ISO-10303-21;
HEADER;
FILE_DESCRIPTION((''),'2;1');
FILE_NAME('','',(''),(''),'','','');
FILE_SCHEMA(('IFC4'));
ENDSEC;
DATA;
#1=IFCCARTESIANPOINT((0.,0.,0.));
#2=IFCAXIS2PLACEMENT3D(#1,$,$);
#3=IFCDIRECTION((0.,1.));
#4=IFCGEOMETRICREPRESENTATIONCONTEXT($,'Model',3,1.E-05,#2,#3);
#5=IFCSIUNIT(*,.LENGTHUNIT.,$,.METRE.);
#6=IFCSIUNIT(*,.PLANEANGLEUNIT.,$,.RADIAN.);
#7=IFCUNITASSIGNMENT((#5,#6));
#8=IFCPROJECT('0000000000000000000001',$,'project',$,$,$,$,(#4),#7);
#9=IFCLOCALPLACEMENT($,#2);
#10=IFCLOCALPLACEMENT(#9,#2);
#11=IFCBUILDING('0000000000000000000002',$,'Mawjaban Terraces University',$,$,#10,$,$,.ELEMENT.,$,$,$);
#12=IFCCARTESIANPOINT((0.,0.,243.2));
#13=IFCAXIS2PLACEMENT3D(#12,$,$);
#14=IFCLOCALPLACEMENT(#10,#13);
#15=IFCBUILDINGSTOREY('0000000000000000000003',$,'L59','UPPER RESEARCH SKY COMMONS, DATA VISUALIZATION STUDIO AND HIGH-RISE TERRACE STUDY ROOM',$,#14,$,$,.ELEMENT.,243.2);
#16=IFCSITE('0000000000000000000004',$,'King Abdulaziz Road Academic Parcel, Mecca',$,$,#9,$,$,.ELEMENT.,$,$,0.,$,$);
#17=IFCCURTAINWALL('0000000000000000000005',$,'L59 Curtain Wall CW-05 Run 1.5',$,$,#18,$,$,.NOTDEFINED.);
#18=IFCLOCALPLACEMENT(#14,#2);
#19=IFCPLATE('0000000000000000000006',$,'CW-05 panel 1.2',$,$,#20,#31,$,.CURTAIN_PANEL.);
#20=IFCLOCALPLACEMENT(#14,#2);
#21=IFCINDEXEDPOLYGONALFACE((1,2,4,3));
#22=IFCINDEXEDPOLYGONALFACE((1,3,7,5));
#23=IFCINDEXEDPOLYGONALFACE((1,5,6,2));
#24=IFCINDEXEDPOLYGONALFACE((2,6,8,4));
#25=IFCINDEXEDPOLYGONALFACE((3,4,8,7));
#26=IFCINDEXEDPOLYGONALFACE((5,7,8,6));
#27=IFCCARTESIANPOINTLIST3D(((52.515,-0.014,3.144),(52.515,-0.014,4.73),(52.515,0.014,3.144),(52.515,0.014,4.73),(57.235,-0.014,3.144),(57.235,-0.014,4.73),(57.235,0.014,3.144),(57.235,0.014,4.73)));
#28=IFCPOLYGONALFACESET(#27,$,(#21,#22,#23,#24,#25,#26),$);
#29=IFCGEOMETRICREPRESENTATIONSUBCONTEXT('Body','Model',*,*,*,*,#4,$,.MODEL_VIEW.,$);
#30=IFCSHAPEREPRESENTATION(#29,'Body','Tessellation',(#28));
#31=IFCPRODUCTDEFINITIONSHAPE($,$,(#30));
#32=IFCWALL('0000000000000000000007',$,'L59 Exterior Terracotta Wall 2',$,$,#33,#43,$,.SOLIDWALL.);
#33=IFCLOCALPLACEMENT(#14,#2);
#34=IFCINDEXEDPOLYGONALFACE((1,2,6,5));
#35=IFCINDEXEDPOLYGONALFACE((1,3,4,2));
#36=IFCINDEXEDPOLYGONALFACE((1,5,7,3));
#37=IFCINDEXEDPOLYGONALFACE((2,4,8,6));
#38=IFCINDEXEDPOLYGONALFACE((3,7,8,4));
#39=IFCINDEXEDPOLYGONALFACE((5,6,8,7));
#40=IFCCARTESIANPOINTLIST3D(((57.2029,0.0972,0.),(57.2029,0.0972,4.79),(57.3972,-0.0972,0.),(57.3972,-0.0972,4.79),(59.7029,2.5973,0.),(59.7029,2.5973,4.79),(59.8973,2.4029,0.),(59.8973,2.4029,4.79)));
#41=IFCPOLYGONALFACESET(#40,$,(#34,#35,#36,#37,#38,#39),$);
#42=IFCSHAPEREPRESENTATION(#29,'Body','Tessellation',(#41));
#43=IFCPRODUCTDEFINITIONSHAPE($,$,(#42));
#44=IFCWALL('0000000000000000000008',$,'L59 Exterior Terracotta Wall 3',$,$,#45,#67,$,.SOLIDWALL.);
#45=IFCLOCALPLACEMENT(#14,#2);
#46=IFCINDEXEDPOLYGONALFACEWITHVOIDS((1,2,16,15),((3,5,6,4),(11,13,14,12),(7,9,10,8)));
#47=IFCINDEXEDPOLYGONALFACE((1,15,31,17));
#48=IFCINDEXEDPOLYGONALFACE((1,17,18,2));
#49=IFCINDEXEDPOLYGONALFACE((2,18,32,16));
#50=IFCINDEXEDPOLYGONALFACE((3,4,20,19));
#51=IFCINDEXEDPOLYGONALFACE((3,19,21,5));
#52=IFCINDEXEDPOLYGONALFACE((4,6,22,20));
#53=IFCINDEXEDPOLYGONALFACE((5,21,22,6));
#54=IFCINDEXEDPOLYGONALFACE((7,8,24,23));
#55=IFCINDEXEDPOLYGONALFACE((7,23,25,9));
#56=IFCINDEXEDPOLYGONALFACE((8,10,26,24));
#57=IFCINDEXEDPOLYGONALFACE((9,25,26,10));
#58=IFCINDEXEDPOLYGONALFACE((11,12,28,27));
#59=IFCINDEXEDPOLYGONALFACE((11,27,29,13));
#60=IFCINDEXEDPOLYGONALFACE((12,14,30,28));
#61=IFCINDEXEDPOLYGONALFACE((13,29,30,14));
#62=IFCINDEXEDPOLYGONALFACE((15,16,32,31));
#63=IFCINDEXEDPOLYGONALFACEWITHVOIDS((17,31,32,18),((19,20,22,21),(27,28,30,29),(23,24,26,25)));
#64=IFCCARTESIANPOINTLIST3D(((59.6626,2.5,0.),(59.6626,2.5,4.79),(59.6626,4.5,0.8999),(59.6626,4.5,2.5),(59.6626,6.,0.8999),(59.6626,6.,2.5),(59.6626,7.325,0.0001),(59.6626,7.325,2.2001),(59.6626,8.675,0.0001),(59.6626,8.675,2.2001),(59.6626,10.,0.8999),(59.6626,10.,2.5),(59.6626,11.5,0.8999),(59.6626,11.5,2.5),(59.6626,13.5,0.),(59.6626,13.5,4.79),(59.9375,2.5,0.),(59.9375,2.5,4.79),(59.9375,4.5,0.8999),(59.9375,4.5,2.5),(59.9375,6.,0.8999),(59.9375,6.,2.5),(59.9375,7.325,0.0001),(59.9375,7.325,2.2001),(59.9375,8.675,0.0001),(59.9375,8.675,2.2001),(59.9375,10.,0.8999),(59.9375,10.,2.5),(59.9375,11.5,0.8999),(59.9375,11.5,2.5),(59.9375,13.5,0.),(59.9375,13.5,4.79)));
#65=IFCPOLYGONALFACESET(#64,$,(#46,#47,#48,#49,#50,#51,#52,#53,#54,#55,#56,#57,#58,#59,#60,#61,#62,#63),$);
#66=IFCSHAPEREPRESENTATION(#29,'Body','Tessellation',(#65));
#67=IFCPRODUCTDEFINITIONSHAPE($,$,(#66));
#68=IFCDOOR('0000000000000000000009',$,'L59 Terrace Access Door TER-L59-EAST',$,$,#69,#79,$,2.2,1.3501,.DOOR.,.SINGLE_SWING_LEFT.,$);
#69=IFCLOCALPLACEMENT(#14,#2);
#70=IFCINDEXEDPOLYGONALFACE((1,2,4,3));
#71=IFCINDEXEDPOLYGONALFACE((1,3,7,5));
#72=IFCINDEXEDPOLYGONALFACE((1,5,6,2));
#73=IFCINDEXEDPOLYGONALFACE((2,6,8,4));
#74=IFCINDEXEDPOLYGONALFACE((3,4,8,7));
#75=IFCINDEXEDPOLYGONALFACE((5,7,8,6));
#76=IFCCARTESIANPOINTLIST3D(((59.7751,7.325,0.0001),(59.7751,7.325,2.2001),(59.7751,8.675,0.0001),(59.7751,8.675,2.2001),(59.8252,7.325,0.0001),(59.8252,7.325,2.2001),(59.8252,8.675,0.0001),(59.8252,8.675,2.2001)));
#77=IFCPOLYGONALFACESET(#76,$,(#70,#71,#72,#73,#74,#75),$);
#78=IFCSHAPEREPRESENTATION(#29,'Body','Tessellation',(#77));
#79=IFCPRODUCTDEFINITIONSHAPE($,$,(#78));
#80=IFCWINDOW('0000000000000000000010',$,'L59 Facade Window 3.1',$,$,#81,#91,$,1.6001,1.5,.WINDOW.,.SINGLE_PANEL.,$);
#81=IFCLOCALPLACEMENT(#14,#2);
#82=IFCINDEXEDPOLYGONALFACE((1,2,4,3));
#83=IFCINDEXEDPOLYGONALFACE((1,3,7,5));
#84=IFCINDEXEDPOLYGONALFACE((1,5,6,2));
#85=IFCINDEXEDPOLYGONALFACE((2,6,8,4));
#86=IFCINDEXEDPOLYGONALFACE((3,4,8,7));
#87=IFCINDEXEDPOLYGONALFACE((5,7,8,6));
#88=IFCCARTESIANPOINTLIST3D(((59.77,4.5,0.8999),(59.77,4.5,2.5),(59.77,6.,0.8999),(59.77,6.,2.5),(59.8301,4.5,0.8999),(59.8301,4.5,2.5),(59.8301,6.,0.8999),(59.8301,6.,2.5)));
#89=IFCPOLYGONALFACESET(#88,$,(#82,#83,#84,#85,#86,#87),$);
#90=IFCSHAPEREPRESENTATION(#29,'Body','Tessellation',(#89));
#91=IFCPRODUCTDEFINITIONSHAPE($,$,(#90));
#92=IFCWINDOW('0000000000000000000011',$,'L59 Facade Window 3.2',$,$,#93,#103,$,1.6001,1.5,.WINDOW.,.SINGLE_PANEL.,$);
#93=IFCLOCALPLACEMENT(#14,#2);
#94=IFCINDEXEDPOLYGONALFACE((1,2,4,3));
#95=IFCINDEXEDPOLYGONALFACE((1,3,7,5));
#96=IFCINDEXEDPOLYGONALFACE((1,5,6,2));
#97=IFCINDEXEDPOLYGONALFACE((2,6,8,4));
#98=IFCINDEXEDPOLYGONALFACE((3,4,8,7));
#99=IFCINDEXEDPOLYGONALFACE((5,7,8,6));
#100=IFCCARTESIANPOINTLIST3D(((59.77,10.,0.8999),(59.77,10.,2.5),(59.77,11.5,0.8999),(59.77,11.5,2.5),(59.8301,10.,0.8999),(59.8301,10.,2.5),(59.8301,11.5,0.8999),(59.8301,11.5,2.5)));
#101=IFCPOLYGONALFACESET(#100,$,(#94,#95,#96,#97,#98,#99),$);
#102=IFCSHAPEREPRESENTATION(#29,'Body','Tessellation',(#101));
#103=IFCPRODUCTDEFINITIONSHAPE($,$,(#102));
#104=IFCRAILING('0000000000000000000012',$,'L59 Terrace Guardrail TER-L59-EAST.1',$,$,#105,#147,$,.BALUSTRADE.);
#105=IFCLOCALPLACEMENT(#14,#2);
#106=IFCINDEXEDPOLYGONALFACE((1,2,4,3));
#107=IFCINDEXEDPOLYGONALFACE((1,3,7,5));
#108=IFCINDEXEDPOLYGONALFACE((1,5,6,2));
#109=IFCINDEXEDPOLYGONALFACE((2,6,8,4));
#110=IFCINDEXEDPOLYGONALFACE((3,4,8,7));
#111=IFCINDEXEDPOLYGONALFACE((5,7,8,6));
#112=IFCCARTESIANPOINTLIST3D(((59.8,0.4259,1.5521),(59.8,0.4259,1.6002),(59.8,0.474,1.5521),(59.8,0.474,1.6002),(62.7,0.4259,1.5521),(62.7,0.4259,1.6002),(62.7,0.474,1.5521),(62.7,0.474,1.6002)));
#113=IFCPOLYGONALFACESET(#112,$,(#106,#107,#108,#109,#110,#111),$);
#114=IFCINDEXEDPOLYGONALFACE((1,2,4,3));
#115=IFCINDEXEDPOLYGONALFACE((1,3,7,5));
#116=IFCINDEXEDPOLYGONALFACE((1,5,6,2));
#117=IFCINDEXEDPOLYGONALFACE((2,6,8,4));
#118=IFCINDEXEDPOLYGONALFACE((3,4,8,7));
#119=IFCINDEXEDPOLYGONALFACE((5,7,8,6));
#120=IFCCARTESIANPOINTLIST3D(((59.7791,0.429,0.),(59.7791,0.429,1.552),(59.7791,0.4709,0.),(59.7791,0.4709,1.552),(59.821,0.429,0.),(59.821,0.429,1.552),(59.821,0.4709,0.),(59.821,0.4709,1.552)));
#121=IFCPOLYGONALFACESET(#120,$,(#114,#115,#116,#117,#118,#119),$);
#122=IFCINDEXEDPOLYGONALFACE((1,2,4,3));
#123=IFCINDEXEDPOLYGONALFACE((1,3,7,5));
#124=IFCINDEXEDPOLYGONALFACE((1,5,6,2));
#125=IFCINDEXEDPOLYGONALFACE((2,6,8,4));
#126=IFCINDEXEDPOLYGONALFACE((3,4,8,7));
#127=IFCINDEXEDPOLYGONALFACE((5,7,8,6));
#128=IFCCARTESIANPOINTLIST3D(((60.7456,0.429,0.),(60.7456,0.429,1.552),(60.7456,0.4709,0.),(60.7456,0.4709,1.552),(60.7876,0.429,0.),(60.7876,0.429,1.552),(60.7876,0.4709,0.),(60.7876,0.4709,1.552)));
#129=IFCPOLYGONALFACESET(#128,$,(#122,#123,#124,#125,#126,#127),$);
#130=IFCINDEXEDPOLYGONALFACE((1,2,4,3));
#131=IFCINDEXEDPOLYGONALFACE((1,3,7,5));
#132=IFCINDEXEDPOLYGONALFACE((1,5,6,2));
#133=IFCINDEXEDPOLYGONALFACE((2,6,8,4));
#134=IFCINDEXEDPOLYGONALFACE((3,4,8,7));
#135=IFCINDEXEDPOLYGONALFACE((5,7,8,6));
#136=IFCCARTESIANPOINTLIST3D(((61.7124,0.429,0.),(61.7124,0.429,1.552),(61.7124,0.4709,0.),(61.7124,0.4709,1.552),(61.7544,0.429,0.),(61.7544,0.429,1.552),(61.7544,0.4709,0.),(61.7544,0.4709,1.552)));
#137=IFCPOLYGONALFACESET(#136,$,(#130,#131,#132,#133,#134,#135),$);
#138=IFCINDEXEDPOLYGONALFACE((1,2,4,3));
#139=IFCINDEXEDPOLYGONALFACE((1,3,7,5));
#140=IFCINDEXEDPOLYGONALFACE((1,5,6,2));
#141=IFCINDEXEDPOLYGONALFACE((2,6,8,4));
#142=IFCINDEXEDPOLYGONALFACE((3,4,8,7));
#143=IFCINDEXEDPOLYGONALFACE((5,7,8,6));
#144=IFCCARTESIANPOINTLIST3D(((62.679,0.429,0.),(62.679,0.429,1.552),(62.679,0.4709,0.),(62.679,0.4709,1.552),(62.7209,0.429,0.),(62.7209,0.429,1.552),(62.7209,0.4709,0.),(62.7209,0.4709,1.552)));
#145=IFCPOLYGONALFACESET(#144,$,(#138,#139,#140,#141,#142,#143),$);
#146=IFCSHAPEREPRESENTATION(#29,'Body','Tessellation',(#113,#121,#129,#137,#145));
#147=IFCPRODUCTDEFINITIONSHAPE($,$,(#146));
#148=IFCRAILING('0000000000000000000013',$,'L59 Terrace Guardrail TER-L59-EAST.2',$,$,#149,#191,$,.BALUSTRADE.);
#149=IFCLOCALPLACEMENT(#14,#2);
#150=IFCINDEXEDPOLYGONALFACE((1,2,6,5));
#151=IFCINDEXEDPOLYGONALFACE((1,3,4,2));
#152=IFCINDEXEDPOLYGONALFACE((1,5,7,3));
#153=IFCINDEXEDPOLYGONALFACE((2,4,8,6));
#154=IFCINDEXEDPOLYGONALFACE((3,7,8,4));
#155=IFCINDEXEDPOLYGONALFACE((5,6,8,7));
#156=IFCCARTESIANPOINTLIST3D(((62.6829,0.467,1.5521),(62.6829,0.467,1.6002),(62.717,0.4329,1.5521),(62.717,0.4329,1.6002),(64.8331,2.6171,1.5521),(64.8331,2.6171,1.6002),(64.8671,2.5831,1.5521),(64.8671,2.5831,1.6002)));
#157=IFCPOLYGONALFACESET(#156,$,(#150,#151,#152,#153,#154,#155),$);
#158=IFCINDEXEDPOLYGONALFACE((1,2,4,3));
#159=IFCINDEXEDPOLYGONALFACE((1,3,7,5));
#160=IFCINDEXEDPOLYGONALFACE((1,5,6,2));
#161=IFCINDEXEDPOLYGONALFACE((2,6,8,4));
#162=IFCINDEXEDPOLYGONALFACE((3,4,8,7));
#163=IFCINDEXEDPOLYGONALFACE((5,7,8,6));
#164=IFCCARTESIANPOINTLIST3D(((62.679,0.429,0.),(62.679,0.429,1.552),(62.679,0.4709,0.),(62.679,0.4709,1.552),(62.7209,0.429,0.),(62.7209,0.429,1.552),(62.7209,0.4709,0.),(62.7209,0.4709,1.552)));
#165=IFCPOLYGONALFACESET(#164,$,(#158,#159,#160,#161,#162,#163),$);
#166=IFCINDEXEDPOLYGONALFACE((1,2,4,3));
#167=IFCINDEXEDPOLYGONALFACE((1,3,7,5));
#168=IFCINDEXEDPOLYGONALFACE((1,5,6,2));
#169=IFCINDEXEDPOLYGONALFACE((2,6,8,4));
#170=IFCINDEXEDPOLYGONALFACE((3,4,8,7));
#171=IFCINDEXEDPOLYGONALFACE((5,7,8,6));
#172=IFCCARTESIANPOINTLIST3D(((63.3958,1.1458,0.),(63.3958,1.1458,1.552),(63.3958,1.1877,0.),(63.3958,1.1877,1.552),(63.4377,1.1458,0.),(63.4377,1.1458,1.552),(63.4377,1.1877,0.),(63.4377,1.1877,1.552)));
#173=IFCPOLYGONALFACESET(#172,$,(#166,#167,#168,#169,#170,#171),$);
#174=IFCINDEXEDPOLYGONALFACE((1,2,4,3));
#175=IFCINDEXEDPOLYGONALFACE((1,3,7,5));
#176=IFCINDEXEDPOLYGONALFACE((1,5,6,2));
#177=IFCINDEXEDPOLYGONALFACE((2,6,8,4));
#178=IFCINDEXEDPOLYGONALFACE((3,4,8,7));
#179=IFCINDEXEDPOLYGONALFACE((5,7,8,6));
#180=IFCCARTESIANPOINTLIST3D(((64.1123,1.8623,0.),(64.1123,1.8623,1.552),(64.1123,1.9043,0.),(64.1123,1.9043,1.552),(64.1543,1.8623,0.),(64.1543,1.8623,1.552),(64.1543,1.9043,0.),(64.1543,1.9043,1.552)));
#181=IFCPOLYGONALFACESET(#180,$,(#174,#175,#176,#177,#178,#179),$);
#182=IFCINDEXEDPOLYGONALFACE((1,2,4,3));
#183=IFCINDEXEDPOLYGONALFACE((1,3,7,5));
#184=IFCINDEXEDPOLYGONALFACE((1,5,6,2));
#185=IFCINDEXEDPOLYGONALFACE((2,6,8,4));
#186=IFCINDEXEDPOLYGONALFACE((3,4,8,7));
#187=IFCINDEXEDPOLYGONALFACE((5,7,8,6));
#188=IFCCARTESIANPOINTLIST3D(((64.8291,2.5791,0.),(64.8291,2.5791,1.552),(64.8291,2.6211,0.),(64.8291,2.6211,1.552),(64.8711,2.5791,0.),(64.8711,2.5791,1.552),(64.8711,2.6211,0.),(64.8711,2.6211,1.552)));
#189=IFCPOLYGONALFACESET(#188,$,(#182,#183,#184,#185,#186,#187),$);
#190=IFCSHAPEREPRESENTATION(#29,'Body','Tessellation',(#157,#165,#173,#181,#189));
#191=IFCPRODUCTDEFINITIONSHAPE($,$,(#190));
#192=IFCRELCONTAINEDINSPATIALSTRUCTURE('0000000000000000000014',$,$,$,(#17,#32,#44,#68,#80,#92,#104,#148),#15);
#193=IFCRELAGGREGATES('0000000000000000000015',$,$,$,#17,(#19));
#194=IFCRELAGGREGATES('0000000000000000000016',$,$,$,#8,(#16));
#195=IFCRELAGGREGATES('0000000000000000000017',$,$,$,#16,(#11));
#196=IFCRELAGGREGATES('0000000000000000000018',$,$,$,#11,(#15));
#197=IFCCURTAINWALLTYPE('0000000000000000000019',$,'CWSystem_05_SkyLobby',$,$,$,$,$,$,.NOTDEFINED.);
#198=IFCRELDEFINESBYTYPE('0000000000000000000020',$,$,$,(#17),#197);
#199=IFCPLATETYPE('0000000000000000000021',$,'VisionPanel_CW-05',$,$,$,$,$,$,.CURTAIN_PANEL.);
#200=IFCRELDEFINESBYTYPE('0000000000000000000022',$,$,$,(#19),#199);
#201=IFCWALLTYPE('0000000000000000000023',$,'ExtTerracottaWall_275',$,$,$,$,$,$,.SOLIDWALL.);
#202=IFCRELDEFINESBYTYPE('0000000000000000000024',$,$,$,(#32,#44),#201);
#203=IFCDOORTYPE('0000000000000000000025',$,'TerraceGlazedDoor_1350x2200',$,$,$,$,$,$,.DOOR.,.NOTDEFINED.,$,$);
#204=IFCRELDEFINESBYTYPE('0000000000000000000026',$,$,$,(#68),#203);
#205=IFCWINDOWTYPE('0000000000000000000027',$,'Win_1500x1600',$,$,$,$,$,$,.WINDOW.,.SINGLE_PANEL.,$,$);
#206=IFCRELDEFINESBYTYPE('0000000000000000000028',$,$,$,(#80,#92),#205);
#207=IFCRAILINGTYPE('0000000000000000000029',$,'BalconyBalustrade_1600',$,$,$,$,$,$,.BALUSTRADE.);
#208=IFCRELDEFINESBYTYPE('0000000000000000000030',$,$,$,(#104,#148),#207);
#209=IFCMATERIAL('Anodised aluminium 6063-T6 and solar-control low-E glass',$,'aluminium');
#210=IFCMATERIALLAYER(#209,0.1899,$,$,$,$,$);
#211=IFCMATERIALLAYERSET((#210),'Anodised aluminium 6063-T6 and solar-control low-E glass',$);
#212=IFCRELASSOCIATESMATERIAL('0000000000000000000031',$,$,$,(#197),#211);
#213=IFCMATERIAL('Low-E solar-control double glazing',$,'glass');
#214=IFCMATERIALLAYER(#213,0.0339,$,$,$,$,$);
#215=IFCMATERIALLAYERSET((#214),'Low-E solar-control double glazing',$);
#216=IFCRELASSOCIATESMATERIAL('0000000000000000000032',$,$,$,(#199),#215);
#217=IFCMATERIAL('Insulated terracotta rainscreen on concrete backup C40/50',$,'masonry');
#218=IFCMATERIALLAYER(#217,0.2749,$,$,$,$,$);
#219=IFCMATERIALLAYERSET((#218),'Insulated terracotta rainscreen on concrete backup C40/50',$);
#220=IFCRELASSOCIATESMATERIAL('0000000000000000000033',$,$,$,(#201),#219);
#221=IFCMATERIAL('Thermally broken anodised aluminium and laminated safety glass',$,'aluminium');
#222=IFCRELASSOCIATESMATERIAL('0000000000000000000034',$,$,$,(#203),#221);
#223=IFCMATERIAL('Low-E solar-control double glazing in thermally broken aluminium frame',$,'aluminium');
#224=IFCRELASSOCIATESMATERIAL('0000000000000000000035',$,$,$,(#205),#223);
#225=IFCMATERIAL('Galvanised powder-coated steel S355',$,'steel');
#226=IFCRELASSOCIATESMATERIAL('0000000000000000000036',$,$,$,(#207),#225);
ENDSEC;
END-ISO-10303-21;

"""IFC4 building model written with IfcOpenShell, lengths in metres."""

from ifc_helpers import new_model, si_unit, direction, frame, frame_2d, origin, origin_2d, place, context, subcontext, project, spatial, rectangle, extrude, material, layer, layer_set, type_object, element, fill, aggregate, save


model = new_model("IFC4")

# Units and contexts
model_context = context("Model", 3, precision=1e-05, world=origin(), true_north=direction((0.0, 1.0)))
body_context = subcontext(model_context, "Body", "Model", "MODEL_VIEW")
ifc_project = project(units=[si_unit("LENGTHUNIT", "METRE"), si_unit("PLANEANGLEUNIT", "RADIAN")], contexts=[model_context])

# Site, building, storey
site_placement = place(None, origin())
site = spatial("IfcSite", under=ifc_project, at=site_placement, Name="King Abdulaziz Road Academic Parcel, Mecca", CompositionType="ELEMENT", RefElevation=0.0)
building_placement = place(site_placement, origin())
building = spatial("IfcBuilding", under=site, at=building_placement, Name="Mawjaban Terraces University", CompositionType="ELEMENT")
storey_placement = place(building_placement, frame((0.0, 0.0, 243.2)))
storey = spatial("IfcBuildingStorey", under=building, at=storey_placement, Name="L59", Description="UPPER RESEARCH SKY COMMONS, DATA VISUALIZATION STUDIO AND HIGH-RISE TERRACE STUDY ROOM", CompositionType="ELEMENT", Elevation=243.2)

# Curtain wall, plate
ifc_material_1 = material(Name="Anodised aluminium 6063-T6 and solar-control low-E glass", Category="aluminium")
ifc_layer_1 = layer(ifc_material_1, 0.1899)
ifc_layer_set_1 = layer_set([ifc_layer_1], Name="Anodised aluminium 6063-T6 and solar-control low-E glass")
curtain_wall_type = type_object("IfcCurtainWallType", Name="CWSystem_05_SkyLobby", PredefinedType="NOTDEFINED", material=ifc_layer_set_1)
curtain_wall_placement = place(storey_placement, origin())
curtain_wall = element("IfcCurtainWall", 1, at=curtain_wall_placement, inside=storey, type_object=curtain_wall_type, Name="L59 Curtain Wall CW-05 Run 1.5", PredefinedType="NOTDEFINED")
ifc_material_2 = material(Name="Low-E solar-control double glazing", Category="glass")
ifc_layer_2 = layer(ifc_material_2, 0.0339)
ifc_layer_set_2 = layer_set([ifc_layer_2], Name="Low-E solar-control double glazing")
plate_type = type_object("IfcPlateType", Name="VisionPanel_CW-05", PredefinedType="CURTAIN_PANEL", material=ifc_layer_set_2)
plate_1_placement = place(storey_placement, frame((54.875, 0.0, 3.144), z_axis=(0.0, 0.0, 1.0), x_axis=(1.0, 0.0, 0.0)))
plate_1 = element("IfcPlate", 2, at=plate_1_placement, type_object=plate_type, Name="CW-05 panel 1.2", PredefinedType="CURTAIN_PANEL", context=body_context, shape_type="SweptSolid", body=[
    extrude(rectangle(XDim=4.72, YDim=0.0281, at=origin_2d()), origin(), (0.0, 0.0, 1.0), 1.5859),
])
aggregate(curtain_wall, [plate_1])

# Wall
ifc_material_3 = material(Name="Insulated terracotta rainscreen on concrete backup C40/50", Category="masonry")
ifc_layer_3 = layer(ifc_material_3, 0.2749)
ifc_layer_set_3 = layer_set([ifc_layer_3], Name="Insulated terracotta rainscreen on concrete backup C40/50")
wall_type = type_object("IfcWallType", Name="ExtTerracottaWall_275", PredefinedType="SOLIDWALL", material=ifc_layer_set_3)
wall_1_placement = place(storey_placement, frame((57.3, 0.0, 0.0), z_axis=(0.0, 0.0, 1.0), x_axis=(0.707107, 0.707107, 0.0)))
element("IfcWall", 3, at=wall_1_placement, inside=storey, type_object=wall_type, Name="L59 Exterior Terracotta Wall 2", PredefinedType="SOLIDWALL", context=body_context, shape_type="SweptSolid", body=[
    extrude(rectangle(XDim=3.5356, YDim=0.2749, at=frame_2d((1.7678, 0.0))), origin(), (0.0, 0.0, 1.0), 4.79),
])

# Wall, openings, door, windows
wall_2_placement = place(storey_placement, frame((59.8, 2.5, 0.0), z_axis=(0.0, 0.0, 1.0), x_axis=(0.0, 1.0, 0.0)))
wall_2 = element("IfcWall", 4, at=wall_2_placement, inside=storey, type_object=wall_type, Name="L59 Exterior Terracotta Wall 3", PredefinedType="SOLIDWALL", context=body_context, shape_type="SweptSolid", body=[
    extrude(rectangle(XDim=11.0, YDim=0.2749, at=frame_2d((5.5, 0.0))), origin(), (0.0, 0.0, 1.0), 4.79),
])
opening_1_placement = place(wall_2_placement, frame((4.825, 0.0, 0.0)))
opening_1 = element("IfcOpeningElement", 5, at=opening_1_placement, cuts=wall_2, PredefinedType="OPENING", context=body_context, shape_type="SweptSolid", body=[
    extrude(rectangle(XDim=1.3501, YDim=2.2, at=frame_2d((0.675, 1.1001))), frame((0.0, 0.1475, 0.0), z_axis=(0.0, -1.0, 0.0), x_axis=(1.0, 0.0, 0.0)), (0.0, 0.0, 1.0), 0.2949),
])
opening_2_placement = place(wall_2_placement, frame((2.0, 0.0, 0.8999)))
opening_2 = element("IfcOpeningElement", 6, at=opening_2_placement, cuts=wall_2, PredefinedType="OPENING", context=body_context, shape_type="SweptSolid", body=[
    extrude(rectangle(XDim=1.5, YDim=1.6001, at=frame_2d((0.75, 0.8))), frame((0.0, 0.1475, 0.0), z_axis=(0.0, -1.0, 0.0), x_axis=(1.0, 0.0, 0.0)), (0.0, 0.0, 1.0), 0.2949),
])
opening_3_placement = place(wall_2_placement, frame((7.5, 0.0, 0.8999)))
opening_3 = element("IfcOpeningElement", 7, at=opening_3_placement, cuts=wall_2, PredefinedType="OPENING", context=body_context, shape_type="SweptSolid", body=[
    extrude(rectangle(XDim=1.5, YDim=1.6001, at=frame_2d((0.75, 0.8))), frame((0.0, 0.1475, 0.0), z_axis=(0.0, -1.0, 0.0), x_axis=(1.0, 0.0, 0.0)), (0.0, 0.0, 1.0), 0.2949),
])
ifc_material_4 = material(Name="Thermally broken anodised aluminium and laminated safety glass", Category="aluminium")
door_type = type_object("IfcDoorType", Name="TerraceGlazedDoor_1350x2200", OperationType="NOTDEFINED", PredefinedType="DOOR", material=ifc_material_4)
door_placement = place(opening_1_placement, origin())
door = element("IfcDoor", 8, at=door_placement, inside=storey, type_object=door_type, Name="L59 Terrace Access Door TER-L59-EAST", OperationType="SINGLE_SWING_LEFT", OverallHeight=2.2, OverallWidth=1.3501, PredefinedType="DOOR", context=body_context, shape_type="SweptSolid", body=[
    extrude(rectangle(XDim=1.3501, YDim=2.2, at=frame_2d((0.675, 1.1001))), frame((0.0, 0.0249, 0.0), z_axis=(0.0, -1.0, 0.0), x_axis=(1.0, 0.0, 0.0)), (0.0, 0.0, 1.0), 0.05),
])
fill(opening_1, door)
ifc_material_5 = material(Name="Low-E solar-control double glazing in thermally broken aluminium frame", Category="aluminium")
window_type = type_object("IfcWindowType", Name="Win_1500x1600", PartitioningType="SINGLE_PANEL", PredefinedType="WINDOW", material=ifc_material_5)
window_1_placement = place(opening_2_placement, origin())
window_1 = element("IfcWindow", 9, at=window_1_placement, inside=storey, type_object=window_type, Name="L59 Facade Window 3.1", OverallHeight=1.6001, OverallWidth=1.5, PartitioningType="SINGLE_PANEL", PredefinedType="WINDOW", context=body_context, shape_type="SweptSolid", body=[
    extrude(rectangle(XDim=1.5, YDim=1.6001, at=frame_2d((0.75, 0.8))), frame((0.0, 0.03, 0.0), z_axis=(0.0, -1.0, 0.0), x_axis=(1.0, 0.0, 0.0)), (0.0, 0.0, 1.0), 0.0601),
])
fill(opening_2, window_1)
window_2_placement = place(opening_3_placement, origin())
window_2 = element("IfcWindow", 10, at=window_2_placement, inside=storey, type_object=window_type, Name="L59 Facade Window 3.2", OverallHeight=1.6001, OverallWidth=1.5, PartitioningType="SINGLE_PANEL", PredefinedType="WINDOW", context=body_context, shape_type="SweptSolid", body=[
    extrude(rectangle(XDim=1.5, YDim=1.6001, at=frame_2d((0.75, 0.8))), frame((0.0, 0.03, 0.0), z_axis=(0.0, -1.0, 0.0), x_axis=(1.0, 0.0, 0.0)), (0.0, 0.0, 1.0), 0.0601),
])
fill(opening_3, window_2)

# Railings
ifc_material_6 = material(Name="Galvanised powder-coated steel S355", Category="steel")
railing_type = type_object("IfcRailingType", Name="BalconyBalustrade_1600", PredefinedType="BALUSTRADE", material=ifc_material_6)
railing_1_placement = place(storey_placement, frame((59.8, 0.45, 0.0)))
element("IfcRailing", 11, at=railing_1_placement, inside=storey, type_object=railing_type, Name="L59 Terrace Guardrail TER-L59-EAST.1", PredefinedType="BALUSTRADE", context=body_context, shape_type="SweptSolid", body=[
    extrude(rectangle(XDim=0.0481, YDim=0.0481, at=origin_2d()), frame((0.0, 0.0, 1.5762), z_axis=(1.0, 0.0, 0.0), x_axis=(0.0, 1.0, 0.0)), (0.0, 0.0, 1.0), 2.8999),
    extrude(rectangle(XDim=0.042, YDim=0.042, at=origin_2d()), origin(), (0.0, 0.0, 1.0), 1.552),
    extrude(rectangle(XDim=0.042, YDim=0.042, at=origin_2d()), frame((0.9666, 0.0, 0.0)), (0.0, 0.0, 1.0), 1.552),
    extrude(rectangle(XDim=0.042, YDim=0.042, at=origin_2d()), frame((1.9333, 0.0, 0.0)), (0.0, 0.0, 1.0), 1.552),
    extrude(rectangle(XDim=0.042, YDim=0.042, at=origin_2d()), frame((2.8999, 0.0, 0.0)), (0.0, 0.0, 1.0), 1.552),
])
railing_2_placement = place(storey_placement, frame((62.7, 0.45, 0.0)))
element("IfcRailing", 12, at=railing_2_placement, inside=storey, type_object=railing_type, Name="L59 Terrace Guardrail TER-L59-EAST.2", PredefinedType="BALUSTRADE", context=body_context, shape_type="SweptSolid", body=[
    extrude(rectangle(XDim=0.0481, YDim=0.0481, at=origin_2d()), frame((0.0, 0.0, 1.5762), z_axis=(0.707107, 0.707107, 0.0), x_axis=(-0.707107, 0.707107, 0.0)), (0.0, 0.0, 1.0), 3.0408),
    extrude(rectangle(XDim=0.042, YDim=0.042, at=origin_2d()), origin(), (0.0, 0.0, 1.0), 1.552),
    extrude(rectangle(XDim=0.042, YDim=0.042, at=origin_2d()), frame((0.7168, 0.7168, 0.0)), (0.0, 0.0, 1.0), 1.552),
    extrude(rectangle(XDim=0.042, YDim=0.042, at=origin_2d()), frame((1.4333, 1.4333, 0.0)), (0.0, 0.0, 1.0), 1.552),
    extrude(rectangle(XDim=0.042, YDim=0.042, at=origin_2d()), frame((2.1501, 2.1501, 0.0)), (0.0, 0.0, 1.0), 1.552),
])

save(model, "model.ifc")
